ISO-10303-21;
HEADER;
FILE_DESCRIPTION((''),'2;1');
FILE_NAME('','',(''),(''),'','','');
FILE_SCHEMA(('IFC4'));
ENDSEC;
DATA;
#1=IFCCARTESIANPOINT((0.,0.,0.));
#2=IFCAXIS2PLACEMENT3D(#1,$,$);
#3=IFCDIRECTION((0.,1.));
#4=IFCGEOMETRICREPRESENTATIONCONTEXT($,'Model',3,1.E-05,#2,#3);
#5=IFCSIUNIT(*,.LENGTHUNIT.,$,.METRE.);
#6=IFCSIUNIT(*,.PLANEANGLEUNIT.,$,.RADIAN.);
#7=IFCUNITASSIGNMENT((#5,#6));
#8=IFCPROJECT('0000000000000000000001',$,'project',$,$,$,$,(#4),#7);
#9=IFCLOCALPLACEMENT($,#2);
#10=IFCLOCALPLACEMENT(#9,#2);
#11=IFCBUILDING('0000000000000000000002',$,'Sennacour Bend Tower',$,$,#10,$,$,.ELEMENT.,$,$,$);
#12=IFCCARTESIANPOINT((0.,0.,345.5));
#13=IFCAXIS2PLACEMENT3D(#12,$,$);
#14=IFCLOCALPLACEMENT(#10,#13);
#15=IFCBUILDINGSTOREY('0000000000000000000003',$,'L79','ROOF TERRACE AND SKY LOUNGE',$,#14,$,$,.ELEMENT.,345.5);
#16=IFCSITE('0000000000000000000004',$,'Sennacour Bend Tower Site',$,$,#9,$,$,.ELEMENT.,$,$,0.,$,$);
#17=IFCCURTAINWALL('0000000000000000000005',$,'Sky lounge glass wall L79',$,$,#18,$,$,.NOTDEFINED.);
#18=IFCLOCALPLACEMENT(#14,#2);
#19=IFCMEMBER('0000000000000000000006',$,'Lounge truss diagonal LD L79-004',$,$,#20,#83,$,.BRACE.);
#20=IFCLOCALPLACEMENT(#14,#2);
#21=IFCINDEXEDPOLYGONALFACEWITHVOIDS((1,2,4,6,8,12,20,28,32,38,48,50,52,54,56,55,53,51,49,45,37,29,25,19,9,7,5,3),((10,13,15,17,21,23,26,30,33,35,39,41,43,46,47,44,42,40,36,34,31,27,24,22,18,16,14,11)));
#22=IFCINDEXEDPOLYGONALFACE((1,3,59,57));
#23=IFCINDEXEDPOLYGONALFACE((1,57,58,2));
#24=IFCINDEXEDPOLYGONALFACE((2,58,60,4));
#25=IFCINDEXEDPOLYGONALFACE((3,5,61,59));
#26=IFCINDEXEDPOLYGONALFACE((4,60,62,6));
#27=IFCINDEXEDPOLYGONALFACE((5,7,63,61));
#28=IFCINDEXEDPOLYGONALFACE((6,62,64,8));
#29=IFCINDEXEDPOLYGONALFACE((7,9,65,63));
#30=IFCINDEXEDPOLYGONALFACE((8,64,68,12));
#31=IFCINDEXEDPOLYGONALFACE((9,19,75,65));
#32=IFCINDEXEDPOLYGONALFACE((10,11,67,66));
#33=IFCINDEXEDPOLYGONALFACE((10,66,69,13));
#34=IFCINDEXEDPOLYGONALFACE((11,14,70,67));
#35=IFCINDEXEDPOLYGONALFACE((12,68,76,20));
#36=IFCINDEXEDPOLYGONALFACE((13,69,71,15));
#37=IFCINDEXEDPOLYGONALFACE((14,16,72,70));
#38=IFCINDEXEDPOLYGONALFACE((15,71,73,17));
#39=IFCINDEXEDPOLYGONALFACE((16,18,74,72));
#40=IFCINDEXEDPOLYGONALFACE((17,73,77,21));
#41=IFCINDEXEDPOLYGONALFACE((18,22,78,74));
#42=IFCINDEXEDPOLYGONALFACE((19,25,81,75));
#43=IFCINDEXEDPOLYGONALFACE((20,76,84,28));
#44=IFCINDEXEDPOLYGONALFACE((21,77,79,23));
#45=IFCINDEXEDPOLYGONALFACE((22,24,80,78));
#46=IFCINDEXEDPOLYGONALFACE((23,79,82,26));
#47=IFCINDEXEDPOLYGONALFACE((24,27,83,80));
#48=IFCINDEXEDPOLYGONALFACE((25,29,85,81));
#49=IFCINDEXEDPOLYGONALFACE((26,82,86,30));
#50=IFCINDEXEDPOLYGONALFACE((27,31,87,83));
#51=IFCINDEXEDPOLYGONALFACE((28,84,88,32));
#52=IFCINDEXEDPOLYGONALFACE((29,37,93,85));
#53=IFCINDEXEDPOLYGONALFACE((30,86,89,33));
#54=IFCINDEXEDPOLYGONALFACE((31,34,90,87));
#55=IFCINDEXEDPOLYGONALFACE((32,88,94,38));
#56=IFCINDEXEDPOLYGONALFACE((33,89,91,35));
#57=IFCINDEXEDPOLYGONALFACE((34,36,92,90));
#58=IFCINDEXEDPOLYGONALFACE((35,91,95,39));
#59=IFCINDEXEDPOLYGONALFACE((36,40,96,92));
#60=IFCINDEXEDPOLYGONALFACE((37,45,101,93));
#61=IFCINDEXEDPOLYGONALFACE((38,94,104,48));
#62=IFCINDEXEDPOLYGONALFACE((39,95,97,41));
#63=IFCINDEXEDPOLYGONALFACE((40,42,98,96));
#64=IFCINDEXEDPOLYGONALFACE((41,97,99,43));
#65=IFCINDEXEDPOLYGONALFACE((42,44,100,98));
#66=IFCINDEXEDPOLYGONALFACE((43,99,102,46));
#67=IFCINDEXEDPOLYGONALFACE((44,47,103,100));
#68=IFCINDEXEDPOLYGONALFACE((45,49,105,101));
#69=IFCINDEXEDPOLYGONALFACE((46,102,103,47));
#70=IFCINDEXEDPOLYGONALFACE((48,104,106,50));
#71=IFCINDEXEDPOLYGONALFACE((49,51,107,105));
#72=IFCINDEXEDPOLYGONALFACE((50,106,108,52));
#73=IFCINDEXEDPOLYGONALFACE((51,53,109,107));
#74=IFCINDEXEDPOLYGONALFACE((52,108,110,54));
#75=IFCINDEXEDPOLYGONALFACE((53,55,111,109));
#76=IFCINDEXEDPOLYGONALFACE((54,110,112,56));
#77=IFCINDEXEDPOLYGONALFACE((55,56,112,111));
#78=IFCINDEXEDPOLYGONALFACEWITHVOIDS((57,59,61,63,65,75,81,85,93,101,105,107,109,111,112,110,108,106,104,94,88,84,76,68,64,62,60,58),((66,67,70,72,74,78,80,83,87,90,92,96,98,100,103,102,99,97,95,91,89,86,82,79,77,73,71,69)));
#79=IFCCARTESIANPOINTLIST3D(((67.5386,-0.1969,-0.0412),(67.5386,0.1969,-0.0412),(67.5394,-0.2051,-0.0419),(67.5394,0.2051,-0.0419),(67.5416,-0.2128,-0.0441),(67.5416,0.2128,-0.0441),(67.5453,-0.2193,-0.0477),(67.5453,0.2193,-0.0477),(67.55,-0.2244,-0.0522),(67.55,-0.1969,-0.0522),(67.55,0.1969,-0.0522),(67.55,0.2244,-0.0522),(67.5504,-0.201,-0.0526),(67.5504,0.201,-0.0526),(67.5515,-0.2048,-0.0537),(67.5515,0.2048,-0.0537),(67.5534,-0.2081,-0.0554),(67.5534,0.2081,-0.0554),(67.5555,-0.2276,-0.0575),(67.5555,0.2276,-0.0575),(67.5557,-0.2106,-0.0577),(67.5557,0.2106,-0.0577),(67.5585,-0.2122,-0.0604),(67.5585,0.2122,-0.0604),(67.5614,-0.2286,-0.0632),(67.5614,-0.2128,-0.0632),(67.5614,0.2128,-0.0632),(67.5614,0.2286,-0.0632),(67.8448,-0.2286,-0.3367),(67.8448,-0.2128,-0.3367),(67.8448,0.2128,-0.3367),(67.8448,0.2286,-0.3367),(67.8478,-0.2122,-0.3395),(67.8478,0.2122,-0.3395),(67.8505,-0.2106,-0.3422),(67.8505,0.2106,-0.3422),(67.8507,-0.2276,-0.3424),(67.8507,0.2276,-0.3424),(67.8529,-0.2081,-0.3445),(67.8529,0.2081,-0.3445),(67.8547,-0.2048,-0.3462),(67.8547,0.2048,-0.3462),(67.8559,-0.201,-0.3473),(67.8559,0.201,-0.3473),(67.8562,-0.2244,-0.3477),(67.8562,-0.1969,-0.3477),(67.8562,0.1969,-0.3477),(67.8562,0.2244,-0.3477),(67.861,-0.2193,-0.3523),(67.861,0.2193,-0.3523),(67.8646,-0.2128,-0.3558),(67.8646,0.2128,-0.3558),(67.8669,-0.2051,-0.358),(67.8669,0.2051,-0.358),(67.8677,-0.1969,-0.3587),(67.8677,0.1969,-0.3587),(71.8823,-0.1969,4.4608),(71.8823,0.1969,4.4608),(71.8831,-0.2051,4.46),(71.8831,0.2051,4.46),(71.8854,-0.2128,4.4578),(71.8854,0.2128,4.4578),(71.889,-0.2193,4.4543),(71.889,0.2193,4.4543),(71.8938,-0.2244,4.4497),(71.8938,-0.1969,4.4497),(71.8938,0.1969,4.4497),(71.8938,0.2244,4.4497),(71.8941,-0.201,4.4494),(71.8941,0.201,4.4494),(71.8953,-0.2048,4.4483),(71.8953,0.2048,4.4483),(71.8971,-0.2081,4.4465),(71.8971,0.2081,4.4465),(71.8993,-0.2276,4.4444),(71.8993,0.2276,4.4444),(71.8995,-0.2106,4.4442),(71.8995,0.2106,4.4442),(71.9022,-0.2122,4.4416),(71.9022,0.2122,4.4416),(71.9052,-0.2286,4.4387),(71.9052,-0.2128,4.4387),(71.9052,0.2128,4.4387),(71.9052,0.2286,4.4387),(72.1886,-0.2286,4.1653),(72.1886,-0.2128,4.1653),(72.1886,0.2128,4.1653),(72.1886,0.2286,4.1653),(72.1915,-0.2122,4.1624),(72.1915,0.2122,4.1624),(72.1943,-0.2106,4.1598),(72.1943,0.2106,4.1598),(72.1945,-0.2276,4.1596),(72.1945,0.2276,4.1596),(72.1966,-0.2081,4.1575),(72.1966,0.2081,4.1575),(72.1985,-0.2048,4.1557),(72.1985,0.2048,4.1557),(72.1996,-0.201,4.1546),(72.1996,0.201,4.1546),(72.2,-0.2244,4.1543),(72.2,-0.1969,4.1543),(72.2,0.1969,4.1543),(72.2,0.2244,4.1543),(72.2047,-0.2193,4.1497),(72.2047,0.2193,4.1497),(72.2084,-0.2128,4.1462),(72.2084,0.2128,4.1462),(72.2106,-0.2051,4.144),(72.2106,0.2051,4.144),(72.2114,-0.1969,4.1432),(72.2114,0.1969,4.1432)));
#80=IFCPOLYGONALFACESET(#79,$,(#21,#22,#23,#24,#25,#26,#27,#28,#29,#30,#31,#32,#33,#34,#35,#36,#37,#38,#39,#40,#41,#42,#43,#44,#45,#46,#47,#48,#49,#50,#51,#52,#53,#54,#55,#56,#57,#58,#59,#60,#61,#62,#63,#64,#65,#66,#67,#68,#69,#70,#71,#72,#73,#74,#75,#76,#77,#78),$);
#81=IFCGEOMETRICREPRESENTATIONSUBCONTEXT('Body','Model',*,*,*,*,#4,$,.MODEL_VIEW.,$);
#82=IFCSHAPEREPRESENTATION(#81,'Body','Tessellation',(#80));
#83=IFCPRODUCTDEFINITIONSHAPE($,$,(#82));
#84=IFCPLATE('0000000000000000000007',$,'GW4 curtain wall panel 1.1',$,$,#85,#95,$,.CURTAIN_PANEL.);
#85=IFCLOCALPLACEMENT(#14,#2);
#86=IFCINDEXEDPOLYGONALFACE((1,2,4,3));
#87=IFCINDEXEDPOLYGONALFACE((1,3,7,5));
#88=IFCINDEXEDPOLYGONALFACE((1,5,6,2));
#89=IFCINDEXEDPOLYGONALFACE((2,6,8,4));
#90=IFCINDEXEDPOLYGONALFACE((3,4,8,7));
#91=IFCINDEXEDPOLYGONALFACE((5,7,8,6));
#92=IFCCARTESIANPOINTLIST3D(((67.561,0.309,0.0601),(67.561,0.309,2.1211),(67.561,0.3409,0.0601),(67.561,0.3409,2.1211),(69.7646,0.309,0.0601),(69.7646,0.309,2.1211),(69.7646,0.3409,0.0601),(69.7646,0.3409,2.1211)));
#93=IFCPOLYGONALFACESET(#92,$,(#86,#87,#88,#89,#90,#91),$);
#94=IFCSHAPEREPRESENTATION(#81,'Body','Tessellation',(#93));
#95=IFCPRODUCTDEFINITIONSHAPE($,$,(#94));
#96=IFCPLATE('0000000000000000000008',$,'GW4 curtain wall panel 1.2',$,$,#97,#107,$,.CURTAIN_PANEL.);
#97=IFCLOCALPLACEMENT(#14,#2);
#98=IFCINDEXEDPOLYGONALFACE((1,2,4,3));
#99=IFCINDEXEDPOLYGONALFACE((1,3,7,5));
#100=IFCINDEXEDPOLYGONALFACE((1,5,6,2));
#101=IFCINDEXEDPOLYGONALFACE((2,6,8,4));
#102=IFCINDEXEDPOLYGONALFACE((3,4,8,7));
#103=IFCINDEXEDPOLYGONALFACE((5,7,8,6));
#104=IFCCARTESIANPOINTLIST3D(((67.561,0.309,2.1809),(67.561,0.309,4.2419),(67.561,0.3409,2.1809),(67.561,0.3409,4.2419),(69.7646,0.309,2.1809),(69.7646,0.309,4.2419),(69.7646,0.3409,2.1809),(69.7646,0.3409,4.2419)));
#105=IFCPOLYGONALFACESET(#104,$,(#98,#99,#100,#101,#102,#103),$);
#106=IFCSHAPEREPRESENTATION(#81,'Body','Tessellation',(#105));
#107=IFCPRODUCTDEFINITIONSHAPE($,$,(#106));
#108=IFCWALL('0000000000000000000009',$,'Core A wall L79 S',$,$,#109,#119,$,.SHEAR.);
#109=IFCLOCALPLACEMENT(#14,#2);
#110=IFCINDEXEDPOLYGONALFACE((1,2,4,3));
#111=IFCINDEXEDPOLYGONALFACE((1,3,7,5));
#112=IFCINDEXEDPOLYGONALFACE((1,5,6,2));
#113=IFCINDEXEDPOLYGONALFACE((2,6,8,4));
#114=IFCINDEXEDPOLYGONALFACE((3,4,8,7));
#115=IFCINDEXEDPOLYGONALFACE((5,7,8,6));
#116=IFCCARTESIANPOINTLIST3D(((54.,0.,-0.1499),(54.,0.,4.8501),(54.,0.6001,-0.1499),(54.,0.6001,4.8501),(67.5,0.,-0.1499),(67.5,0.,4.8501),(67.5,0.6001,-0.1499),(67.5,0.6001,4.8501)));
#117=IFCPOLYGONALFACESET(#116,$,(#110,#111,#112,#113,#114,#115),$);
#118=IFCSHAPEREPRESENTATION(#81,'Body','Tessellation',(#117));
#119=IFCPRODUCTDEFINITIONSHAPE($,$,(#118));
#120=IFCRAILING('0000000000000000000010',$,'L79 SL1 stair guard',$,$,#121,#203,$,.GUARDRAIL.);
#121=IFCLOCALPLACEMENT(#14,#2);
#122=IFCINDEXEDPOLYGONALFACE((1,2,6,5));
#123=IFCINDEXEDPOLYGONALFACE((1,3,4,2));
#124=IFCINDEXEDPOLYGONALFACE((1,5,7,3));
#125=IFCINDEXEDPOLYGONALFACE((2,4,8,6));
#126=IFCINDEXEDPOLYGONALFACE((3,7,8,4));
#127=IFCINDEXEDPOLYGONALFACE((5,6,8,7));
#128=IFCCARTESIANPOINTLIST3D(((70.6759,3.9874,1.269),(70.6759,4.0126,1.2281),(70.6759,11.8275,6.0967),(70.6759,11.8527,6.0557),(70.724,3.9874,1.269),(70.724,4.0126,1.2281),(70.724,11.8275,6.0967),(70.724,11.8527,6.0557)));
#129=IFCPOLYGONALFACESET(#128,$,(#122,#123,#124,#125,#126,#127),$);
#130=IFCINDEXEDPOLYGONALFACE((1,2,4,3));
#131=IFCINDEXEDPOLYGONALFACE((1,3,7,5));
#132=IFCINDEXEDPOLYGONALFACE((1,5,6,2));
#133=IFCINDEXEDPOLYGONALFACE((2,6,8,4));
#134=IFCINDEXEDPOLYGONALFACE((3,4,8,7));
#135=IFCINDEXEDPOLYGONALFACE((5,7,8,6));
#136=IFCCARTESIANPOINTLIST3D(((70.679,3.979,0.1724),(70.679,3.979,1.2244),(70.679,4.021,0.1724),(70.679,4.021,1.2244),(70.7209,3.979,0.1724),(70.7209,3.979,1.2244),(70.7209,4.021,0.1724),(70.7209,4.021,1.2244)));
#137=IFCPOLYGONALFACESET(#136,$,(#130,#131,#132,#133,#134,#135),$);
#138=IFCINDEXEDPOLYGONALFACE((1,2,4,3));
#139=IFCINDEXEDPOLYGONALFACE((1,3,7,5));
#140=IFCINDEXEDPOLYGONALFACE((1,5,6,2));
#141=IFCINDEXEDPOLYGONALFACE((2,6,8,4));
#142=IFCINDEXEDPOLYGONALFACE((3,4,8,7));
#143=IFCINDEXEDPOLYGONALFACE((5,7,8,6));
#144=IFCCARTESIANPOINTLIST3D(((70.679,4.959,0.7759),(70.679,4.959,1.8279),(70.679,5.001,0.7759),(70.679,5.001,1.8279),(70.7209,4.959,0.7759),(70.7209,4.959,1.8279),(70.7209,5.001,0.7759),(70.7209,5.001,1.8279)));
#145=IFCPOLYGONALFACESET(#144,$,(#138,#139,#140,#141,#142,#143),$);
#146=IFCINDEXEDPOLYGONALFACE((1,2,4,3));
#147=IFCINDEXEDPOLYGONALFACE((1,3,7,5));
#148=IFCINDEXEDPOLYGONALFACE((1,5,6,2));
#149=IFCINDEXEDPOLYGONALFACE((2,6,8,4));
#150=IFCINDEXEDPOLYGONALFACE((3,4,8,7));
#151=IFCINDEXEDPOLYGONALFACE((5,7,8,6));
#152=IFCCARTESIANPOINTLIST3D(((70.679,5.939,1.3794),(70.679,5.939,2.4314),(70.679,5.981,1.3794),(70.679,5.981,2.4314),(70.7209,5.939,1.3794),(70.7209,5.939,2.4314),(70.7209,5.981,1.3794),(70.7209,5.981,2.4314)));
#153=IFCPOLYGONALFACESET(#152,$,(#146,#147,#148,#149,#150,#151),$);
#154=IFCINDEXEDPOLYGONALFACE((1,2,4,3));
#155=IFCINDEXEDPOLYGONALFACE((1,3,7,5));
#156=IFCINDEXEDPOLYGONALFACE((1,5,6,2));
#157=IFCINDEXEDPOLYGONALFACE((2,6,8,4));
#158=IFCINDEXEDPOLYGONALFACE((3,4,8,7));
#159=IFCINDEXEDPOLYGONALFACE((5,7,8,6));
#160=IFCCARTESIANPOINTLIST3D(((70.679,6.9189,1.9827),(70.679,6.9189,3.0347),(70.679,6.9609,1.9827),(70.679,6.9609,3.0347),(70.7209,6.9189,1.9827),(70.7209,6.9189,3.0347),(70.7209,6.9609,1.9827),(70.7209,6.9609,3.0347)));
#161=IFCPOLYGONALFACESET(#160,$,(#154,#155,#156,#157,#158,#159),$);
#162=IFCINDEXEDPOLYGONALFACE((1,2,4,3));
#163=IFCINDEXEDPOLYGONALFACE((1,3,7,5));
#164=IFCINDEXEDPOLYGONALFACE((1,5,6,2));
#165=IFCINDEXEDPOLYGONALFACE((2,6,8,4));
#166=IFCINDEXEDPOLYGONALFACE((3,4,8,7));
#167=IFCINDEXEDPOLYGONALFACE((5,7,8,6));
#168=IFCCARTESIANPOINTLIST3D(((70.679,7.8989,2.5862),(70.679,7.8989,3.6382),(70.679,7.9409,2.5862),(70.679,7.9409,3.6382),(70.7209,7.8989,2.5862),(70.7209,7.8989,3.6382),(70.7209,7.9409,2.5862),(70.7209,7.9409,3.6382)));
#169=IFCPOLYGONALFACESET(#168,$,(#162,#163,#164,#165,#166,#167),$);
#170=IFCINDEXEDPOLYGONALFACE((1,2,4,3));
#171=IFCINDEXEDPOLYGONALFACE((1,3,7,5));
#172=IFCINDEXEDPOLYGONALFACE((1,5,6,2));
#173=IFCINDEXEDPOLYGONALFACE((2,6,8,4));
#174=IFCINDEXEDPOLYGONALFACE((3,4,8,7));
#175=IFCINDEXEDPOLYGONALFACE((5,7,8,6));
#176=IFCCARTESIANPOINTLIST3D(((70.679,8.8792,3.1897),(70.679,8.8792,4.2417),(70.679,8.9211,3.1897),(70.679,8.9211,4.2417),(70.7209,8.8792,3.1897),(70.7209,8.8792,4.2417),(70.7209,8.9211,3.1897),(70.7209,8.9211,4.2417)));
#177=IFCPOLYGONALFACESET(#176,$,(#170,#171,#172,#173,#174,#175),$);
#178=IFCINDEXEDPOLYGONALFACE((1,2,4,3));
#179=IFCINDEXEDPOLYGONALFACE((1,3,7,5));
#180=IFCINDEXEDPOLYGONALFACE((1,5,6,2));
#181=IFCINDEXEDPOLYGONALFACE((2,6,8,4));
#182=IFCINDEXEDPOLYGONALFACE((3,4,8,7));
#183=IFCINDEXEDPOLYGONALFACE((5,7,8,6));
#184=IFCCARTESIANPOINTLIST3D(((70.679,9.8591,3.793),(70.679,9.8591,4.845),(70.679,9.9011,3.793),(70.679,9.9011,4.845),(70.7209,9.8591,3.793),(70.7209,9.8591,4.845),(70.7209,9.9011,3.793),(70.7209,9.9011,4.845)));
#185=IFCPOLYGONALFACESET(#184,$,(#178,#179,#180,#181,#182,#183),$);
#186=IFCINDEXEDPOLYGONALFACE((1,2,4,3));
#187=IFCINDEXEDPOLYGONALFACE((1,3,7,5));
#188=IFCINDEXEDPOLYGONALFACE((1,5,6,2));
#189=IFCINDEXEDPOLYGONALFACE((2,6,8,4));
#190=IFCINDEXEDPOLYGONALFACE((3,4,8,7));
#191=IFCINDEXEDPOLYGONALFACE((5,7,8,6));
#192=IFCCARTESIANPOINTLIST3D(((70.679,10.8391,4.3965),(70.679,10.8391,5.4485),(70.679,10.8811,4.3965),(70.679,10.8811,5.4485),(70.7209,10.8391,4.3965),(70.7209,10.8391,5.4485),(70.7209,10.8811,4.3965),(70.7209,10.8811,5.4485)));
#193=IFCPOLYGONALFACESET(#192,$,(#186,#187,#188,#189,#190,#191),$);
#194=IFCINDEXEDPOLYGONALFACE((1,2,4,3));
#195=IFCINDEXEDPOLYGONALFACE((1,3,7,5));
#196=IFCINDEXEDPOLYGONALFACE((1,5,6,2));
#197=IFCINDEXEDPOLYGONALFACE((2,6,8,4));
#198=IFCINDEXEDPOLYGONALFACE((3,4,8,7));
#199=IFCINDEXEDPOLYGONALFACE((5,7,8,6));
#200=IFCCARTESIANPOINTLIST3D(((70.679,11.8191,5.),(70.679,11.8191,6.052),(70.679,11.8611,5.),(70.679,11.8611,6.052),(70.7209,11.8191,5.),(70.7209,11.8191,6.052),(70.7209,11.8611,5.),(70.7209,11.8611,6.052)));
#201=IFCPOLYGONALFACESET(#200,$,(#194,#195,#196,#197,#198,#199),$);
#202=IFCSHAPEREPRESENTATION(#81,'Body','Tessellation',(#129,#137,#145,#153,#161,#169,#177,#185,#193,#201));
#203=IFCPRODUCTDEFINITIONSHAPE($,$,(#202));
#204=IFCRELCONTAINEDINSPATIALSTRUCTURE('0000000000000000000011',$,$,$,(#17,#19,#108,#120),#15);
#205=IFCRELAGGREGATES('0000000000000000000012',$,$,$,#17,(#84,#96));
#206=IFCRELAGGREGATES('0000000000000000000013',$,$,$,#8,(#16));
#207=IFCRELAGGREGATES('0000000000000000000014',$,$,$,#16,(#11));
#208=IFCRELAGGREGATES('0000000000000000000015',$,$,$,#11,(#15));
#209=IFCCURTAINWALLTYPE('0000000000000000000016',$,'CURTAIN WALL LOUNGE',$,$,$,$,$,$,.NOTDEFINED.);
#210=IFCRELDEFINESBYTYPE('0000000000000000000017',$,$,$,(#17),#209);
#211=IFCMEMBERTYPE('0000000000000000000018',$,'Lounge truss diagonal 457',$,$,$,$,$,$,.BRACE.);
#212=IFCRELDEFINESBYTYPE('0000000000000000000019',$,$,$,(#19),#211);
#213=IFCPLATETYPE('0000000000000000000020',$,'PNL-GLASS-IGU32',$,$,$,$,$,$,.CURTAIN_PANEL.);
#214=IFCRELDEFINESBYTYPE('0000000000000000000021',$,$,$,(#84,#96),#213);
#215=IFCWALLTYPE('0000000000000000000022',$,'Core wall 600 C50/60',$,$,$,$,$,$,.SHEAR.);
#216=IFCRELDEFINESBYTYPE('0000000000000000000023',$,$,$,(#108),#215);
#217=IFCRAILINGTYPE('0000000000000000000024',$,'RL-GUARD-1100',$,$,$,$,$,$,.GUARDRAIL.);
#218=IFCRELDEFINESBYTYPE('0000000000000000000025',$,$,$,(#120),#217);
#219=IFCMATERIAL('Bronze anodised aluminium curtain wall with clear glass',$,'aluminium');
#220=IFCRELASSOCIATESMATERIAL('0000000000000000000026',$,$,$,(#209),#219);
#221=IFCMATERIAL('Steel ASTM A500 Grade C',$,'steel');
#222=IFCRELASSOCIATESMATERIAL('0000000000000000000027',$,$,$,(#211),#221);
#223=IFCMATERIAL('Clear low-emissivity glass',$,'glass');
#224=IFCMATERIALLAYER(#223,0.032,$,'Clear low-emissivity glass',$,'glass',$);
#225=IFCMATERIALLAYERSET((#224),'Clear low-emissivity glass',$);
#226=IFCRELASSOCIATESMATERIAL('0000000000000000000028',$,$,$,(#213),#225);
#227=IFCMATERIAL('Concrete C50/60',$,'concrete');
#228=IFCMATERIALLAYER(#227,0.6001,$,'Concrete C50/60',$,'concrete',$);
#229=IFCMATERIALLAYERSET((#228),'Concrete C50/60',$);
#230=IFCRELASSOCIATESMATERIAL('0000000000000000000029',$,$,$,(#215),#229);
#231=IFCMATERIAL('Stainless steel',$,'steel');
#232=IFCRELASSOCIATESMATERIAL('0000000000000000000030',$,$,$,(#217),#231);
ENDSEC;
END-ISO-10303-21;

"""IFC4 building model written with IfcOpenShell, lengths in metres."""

from ifc_helpers import new_model, si_unit, direction, frame, frame_2d, origin, origin_2d, place, context, subcontext, project, spatial, rectangle, hollow_rectangle, extrude, material, layer, layer_set, material_profile, profile_set, type_object, element, aggregate, save


model = new_model("IFC4")

# Units and contexts
model_context = context("Model", 3, precision=1e-05, world=origin(), true_north=direction((0.0, 1.0)))
body_context = subcontext(model_context, "Body", "Model", "MODEL_VIEW")
ifc_project = project(units=[si_unit("LENGTHUNIT", "METRE"), si_unit("PLANEANGLEUNIT", "RADIAN")], contexts=[model_context])

# Site, building, storey
site_placement = place(None, origin())
site = spatial("IfcSite", under=ifc_project, at=site_placement, Name="Sennacour Bend Tower Site", CompositionType="ELEMENT", RefElevation=0.0)
building_placement = place(site_placement, origin())
building = spatial("IfcBuilding", under=site, at=building_placement, Name="Sennacour Bend Tower", CompositionType="ELEMENT")
storey_placement = place(building_placement, frame((0.0, 0.0, 345.5)))
storey = spatial("IfcBuildingStorey", under=building, at=storey_placement, Name="L79", Description="ROOF TERRACE AND SKY LOUNGE", CompositionType="ELEMENT", Elevation=345.5)

# Curtain wall
ifc_material_1 = material(Name="Bronze anodised aluminium curtain wall with clear glass", Category="aluminium")
curtain_wall_type = type_object("IfcCurtainWallType", Name="CURTAIN WALL LOUNGE", PredefinedType="NOTDEFINED", material=ifc_material_1)
curtain_wall_placement = place(storey_placement, origin())
curtain_wall = element("IfcCurtainWall", 1, at=curtain_wall_placement, inside=storey, type_object=curtain_wall_type, Name="Sky lounge glass wall L79", PredefinedType="NOTDEFINED")

# Member
ifc_material_2 = material(Name="Steel ASTM A500 Grade C", Category="steel")
ifc_material_profile_1 = material_profile(ifc_material_2, hollow_rectangle(XDim=0.4573, YDim=0.4573, WallThickness=0.0159, InnerFilletRadius=0.0159, OuterFilletRadius=0.0317, at=origin_2d()), Name="Steel ASTM A500 Grade C", Category="steel")
ifc_profile_set_1 = profile_set([ifc_material_profile_1], Name="Steel ASTM A500 Grade C")
member_type_1 = type_object("IfcMemberType", Name="Lounge truss diagonal 457", PredefinedType="BRACE", material=ifc_profile_set_1)
member_1_placement = place(storey_placement, frame((67.7031, 0.0, -0.2), z_axis=(0.694349, 0.0, 0.719638), x_axis=(0.0, 1.0, 0.0)))
element("IfcMember", 2, at=member_1_placement, inside=storey, type_object=member_type_1, Name="Lounge truss diagonal LD L79-004", PredefinedType="BRACE", context=body_context, shape_type="SweptSolid", body=[
    extrude(hollow_rectangle(XDim=0.4573, YDim=0.4573, WallThickness=0.0159, InnerFilletRadius=0.0159, OuterFilletRadius=0.0317, at=origin_2d()), origin(), (0.0, 0.0, 1.0), 6.2559),
])

# Plates
ifc_material_3 = material(Name="Clear low-emissivity glass", Category="glass")
ifc_layer_1 = layer(ifc_material_3, 0.032, Name="Clear low-emissivity glass", Category="glass")
ifc_layer_set_1 = layer_set([ifc_layer_1], Name="Clear low-emissivity glass")
plate_type = type_object("IfcPlateType", Name="PNL-GLASS-IGU32", PredefinedType="CURTAIN_PANEL", material=ifc_layer_set_1)
plate_1_placement = place(storey_placement, frame((68.6628, 0.325, 0.0601), z_axis=(0.0, 0.0, 1.0), x_axis=(1.0, 0.0, 0.0)))
plate_1 = element("IfcPlate", 3, at=plate_1_placement, type_object=plate_type, Name="GW4 curtain wall panel 1.1", PredefinedType="CURTAIN_PANEL", context=body_context, shape_type="SweptSolid", body=[
    extrude(rectangle(XDim=2.2036, YDim=0.032, at=origin_2d()), origin(), (0.0, 0.0, 1.0), 2.061),
])
plate_2_placement = place(storey_placement, frame((68.6628, 0.325, 2.1809), z_axis=(0.0, 0.0, 1.0), x_axis=(1.0, 0.0, 0.0)))
plate_2 = element("IfcPlate", 4, at=plate_2_placement, type_object=plate_type, Name="GW4 curtain wall panel 1.2", PredefinedType="CURTAIN_PANEL", context=body_context, shape_type="SweptSolid", body=[
    extrude(rectangle(XDim=2.2036, YDim=0.032, at=origin_2d()), origin(), (0.0, 0.0, 1.0), 2.061),
])
aggregate(curtain_wall, [plate_1, plate_2])

# Wall
ifc_material_4 = material(Name="Concrete C50/60", Category="concrete")
ifc_layer_2 = layer(ifc_material_4, 0.6001, Name="Concrete C50/60", Category="concrete")
ifc_layer_set_2 = layer_set([ifc_layer_2], Name="Concrete C50/60")
wall_type = type_object("IfcWallType", Name="Core wall 600 C50/60", PredefinedType="SHEAR", material=ifc_layer_set_2)
wall_placement = place(storey_placement, frame((67.5, 0.3, -0.1499), z_axis=(0.0, 0.0, 1.0), x_axis=(-1.0, 0.0, 0.0)))
element("IfcWall", 5, at=wall_placement, inside=storey, type_object=wall_type, Name="Core A wall L79 S", PredefinedType="SHEAR", context=body_context, shape_type="SweptSolid", body=[
    extrude(rectangle(XDim=13.5, YDim=0.6001, at=frame_2d((6.75, 0.0))), origin(), (0.0, 0.0, 1.0), 5.0),
])

# Railing
ifc_material_5 = material(Name="Stainless steel", Category="steel")
railing_type_1 = type_object("IfcRailingType", Name="RL-GUARD-1100", PredefinedType="GUARDRAIL", material=ifc_material_5)
railing_1_placement = place(storey_placement, frame((70.7, 4.0, 0.1724)))
element("IfcRailing", 6, at=railing_1_placement, inside=storey, type_object=railing_type_1, Name="L79 SL1 stair guard", PredefinedType="GUARDRAIL", context=body_context, shape_type="SweptSolid", body=[
    extrude(rectangle(XDim=0.0481, YDim=0.0481, at=origin_2d()), frame((0.0, 0.0, 1.0762), z_axis=(0.0, 0.851514, 0.524331), x_axis=(-1.0, 0.0, 0.0)), (0.0, 0.0, 1.0), 9.2073),
    extrude(rectangle(XDim=0.042, YDim=0.042, at=origin_2d()), origin(), (0.0, 0.0, 1.0), 1.052),
    extrude(rectangle(XDim=0.042, YDim=0.042, at=origin_2d()), frame((0.0, 0.98, 0.6035)), (0.0, 0.0, 1.0), 1.052),
    extrude(rectangle(XDim=0.042, YDim=0.042, at=origin_2d()), frame((0.0, 1.96, 1.207)), (0.0, 0.0, 1.0), 1.052),
    extrude(rectangle(XDim=0.042, YDim=0.042, at=origin_2d()), frame((0.0, 2.9399, 1.8103)), (0.0, 0.0, 1.0), 1.052),
    extrude(rectangle(XDim=0.042, YDim=0.042, at=origin_2d()), frame((0.0, 3.9199, 2.4138)), (0.0, 0.0, 1.0), 1.052),
    extrude(rectangle(XDim=0.042, YDim=0.042, at=origin_2d()), frame((0.0, 4.9001, 3.0173)), (0.0, 0.0, 1.0), 1.052),
    extrude(rectangle(XDim=0.042, YDim=0.042, at=origin_2d()), frame((0.0, 5.8801, 3.6206)), (0.0, 0.0, 1.0), 1.052),
    extrude(rectangle(XDim=0.042, YDim=0.042, at=origin_2d()), frame((0.0, 6.8601, 4.2241)), (0.0, 0.0, 1.0), 1.052),
    extrude(rectangle(XDim=0.042, YDim=0.042, at=origin_2d()), frame((0.0, 7.8401, 4.8276)), (0.0, 0.0, 1.0), 1.052),
])

save(model, "model.ifc")
